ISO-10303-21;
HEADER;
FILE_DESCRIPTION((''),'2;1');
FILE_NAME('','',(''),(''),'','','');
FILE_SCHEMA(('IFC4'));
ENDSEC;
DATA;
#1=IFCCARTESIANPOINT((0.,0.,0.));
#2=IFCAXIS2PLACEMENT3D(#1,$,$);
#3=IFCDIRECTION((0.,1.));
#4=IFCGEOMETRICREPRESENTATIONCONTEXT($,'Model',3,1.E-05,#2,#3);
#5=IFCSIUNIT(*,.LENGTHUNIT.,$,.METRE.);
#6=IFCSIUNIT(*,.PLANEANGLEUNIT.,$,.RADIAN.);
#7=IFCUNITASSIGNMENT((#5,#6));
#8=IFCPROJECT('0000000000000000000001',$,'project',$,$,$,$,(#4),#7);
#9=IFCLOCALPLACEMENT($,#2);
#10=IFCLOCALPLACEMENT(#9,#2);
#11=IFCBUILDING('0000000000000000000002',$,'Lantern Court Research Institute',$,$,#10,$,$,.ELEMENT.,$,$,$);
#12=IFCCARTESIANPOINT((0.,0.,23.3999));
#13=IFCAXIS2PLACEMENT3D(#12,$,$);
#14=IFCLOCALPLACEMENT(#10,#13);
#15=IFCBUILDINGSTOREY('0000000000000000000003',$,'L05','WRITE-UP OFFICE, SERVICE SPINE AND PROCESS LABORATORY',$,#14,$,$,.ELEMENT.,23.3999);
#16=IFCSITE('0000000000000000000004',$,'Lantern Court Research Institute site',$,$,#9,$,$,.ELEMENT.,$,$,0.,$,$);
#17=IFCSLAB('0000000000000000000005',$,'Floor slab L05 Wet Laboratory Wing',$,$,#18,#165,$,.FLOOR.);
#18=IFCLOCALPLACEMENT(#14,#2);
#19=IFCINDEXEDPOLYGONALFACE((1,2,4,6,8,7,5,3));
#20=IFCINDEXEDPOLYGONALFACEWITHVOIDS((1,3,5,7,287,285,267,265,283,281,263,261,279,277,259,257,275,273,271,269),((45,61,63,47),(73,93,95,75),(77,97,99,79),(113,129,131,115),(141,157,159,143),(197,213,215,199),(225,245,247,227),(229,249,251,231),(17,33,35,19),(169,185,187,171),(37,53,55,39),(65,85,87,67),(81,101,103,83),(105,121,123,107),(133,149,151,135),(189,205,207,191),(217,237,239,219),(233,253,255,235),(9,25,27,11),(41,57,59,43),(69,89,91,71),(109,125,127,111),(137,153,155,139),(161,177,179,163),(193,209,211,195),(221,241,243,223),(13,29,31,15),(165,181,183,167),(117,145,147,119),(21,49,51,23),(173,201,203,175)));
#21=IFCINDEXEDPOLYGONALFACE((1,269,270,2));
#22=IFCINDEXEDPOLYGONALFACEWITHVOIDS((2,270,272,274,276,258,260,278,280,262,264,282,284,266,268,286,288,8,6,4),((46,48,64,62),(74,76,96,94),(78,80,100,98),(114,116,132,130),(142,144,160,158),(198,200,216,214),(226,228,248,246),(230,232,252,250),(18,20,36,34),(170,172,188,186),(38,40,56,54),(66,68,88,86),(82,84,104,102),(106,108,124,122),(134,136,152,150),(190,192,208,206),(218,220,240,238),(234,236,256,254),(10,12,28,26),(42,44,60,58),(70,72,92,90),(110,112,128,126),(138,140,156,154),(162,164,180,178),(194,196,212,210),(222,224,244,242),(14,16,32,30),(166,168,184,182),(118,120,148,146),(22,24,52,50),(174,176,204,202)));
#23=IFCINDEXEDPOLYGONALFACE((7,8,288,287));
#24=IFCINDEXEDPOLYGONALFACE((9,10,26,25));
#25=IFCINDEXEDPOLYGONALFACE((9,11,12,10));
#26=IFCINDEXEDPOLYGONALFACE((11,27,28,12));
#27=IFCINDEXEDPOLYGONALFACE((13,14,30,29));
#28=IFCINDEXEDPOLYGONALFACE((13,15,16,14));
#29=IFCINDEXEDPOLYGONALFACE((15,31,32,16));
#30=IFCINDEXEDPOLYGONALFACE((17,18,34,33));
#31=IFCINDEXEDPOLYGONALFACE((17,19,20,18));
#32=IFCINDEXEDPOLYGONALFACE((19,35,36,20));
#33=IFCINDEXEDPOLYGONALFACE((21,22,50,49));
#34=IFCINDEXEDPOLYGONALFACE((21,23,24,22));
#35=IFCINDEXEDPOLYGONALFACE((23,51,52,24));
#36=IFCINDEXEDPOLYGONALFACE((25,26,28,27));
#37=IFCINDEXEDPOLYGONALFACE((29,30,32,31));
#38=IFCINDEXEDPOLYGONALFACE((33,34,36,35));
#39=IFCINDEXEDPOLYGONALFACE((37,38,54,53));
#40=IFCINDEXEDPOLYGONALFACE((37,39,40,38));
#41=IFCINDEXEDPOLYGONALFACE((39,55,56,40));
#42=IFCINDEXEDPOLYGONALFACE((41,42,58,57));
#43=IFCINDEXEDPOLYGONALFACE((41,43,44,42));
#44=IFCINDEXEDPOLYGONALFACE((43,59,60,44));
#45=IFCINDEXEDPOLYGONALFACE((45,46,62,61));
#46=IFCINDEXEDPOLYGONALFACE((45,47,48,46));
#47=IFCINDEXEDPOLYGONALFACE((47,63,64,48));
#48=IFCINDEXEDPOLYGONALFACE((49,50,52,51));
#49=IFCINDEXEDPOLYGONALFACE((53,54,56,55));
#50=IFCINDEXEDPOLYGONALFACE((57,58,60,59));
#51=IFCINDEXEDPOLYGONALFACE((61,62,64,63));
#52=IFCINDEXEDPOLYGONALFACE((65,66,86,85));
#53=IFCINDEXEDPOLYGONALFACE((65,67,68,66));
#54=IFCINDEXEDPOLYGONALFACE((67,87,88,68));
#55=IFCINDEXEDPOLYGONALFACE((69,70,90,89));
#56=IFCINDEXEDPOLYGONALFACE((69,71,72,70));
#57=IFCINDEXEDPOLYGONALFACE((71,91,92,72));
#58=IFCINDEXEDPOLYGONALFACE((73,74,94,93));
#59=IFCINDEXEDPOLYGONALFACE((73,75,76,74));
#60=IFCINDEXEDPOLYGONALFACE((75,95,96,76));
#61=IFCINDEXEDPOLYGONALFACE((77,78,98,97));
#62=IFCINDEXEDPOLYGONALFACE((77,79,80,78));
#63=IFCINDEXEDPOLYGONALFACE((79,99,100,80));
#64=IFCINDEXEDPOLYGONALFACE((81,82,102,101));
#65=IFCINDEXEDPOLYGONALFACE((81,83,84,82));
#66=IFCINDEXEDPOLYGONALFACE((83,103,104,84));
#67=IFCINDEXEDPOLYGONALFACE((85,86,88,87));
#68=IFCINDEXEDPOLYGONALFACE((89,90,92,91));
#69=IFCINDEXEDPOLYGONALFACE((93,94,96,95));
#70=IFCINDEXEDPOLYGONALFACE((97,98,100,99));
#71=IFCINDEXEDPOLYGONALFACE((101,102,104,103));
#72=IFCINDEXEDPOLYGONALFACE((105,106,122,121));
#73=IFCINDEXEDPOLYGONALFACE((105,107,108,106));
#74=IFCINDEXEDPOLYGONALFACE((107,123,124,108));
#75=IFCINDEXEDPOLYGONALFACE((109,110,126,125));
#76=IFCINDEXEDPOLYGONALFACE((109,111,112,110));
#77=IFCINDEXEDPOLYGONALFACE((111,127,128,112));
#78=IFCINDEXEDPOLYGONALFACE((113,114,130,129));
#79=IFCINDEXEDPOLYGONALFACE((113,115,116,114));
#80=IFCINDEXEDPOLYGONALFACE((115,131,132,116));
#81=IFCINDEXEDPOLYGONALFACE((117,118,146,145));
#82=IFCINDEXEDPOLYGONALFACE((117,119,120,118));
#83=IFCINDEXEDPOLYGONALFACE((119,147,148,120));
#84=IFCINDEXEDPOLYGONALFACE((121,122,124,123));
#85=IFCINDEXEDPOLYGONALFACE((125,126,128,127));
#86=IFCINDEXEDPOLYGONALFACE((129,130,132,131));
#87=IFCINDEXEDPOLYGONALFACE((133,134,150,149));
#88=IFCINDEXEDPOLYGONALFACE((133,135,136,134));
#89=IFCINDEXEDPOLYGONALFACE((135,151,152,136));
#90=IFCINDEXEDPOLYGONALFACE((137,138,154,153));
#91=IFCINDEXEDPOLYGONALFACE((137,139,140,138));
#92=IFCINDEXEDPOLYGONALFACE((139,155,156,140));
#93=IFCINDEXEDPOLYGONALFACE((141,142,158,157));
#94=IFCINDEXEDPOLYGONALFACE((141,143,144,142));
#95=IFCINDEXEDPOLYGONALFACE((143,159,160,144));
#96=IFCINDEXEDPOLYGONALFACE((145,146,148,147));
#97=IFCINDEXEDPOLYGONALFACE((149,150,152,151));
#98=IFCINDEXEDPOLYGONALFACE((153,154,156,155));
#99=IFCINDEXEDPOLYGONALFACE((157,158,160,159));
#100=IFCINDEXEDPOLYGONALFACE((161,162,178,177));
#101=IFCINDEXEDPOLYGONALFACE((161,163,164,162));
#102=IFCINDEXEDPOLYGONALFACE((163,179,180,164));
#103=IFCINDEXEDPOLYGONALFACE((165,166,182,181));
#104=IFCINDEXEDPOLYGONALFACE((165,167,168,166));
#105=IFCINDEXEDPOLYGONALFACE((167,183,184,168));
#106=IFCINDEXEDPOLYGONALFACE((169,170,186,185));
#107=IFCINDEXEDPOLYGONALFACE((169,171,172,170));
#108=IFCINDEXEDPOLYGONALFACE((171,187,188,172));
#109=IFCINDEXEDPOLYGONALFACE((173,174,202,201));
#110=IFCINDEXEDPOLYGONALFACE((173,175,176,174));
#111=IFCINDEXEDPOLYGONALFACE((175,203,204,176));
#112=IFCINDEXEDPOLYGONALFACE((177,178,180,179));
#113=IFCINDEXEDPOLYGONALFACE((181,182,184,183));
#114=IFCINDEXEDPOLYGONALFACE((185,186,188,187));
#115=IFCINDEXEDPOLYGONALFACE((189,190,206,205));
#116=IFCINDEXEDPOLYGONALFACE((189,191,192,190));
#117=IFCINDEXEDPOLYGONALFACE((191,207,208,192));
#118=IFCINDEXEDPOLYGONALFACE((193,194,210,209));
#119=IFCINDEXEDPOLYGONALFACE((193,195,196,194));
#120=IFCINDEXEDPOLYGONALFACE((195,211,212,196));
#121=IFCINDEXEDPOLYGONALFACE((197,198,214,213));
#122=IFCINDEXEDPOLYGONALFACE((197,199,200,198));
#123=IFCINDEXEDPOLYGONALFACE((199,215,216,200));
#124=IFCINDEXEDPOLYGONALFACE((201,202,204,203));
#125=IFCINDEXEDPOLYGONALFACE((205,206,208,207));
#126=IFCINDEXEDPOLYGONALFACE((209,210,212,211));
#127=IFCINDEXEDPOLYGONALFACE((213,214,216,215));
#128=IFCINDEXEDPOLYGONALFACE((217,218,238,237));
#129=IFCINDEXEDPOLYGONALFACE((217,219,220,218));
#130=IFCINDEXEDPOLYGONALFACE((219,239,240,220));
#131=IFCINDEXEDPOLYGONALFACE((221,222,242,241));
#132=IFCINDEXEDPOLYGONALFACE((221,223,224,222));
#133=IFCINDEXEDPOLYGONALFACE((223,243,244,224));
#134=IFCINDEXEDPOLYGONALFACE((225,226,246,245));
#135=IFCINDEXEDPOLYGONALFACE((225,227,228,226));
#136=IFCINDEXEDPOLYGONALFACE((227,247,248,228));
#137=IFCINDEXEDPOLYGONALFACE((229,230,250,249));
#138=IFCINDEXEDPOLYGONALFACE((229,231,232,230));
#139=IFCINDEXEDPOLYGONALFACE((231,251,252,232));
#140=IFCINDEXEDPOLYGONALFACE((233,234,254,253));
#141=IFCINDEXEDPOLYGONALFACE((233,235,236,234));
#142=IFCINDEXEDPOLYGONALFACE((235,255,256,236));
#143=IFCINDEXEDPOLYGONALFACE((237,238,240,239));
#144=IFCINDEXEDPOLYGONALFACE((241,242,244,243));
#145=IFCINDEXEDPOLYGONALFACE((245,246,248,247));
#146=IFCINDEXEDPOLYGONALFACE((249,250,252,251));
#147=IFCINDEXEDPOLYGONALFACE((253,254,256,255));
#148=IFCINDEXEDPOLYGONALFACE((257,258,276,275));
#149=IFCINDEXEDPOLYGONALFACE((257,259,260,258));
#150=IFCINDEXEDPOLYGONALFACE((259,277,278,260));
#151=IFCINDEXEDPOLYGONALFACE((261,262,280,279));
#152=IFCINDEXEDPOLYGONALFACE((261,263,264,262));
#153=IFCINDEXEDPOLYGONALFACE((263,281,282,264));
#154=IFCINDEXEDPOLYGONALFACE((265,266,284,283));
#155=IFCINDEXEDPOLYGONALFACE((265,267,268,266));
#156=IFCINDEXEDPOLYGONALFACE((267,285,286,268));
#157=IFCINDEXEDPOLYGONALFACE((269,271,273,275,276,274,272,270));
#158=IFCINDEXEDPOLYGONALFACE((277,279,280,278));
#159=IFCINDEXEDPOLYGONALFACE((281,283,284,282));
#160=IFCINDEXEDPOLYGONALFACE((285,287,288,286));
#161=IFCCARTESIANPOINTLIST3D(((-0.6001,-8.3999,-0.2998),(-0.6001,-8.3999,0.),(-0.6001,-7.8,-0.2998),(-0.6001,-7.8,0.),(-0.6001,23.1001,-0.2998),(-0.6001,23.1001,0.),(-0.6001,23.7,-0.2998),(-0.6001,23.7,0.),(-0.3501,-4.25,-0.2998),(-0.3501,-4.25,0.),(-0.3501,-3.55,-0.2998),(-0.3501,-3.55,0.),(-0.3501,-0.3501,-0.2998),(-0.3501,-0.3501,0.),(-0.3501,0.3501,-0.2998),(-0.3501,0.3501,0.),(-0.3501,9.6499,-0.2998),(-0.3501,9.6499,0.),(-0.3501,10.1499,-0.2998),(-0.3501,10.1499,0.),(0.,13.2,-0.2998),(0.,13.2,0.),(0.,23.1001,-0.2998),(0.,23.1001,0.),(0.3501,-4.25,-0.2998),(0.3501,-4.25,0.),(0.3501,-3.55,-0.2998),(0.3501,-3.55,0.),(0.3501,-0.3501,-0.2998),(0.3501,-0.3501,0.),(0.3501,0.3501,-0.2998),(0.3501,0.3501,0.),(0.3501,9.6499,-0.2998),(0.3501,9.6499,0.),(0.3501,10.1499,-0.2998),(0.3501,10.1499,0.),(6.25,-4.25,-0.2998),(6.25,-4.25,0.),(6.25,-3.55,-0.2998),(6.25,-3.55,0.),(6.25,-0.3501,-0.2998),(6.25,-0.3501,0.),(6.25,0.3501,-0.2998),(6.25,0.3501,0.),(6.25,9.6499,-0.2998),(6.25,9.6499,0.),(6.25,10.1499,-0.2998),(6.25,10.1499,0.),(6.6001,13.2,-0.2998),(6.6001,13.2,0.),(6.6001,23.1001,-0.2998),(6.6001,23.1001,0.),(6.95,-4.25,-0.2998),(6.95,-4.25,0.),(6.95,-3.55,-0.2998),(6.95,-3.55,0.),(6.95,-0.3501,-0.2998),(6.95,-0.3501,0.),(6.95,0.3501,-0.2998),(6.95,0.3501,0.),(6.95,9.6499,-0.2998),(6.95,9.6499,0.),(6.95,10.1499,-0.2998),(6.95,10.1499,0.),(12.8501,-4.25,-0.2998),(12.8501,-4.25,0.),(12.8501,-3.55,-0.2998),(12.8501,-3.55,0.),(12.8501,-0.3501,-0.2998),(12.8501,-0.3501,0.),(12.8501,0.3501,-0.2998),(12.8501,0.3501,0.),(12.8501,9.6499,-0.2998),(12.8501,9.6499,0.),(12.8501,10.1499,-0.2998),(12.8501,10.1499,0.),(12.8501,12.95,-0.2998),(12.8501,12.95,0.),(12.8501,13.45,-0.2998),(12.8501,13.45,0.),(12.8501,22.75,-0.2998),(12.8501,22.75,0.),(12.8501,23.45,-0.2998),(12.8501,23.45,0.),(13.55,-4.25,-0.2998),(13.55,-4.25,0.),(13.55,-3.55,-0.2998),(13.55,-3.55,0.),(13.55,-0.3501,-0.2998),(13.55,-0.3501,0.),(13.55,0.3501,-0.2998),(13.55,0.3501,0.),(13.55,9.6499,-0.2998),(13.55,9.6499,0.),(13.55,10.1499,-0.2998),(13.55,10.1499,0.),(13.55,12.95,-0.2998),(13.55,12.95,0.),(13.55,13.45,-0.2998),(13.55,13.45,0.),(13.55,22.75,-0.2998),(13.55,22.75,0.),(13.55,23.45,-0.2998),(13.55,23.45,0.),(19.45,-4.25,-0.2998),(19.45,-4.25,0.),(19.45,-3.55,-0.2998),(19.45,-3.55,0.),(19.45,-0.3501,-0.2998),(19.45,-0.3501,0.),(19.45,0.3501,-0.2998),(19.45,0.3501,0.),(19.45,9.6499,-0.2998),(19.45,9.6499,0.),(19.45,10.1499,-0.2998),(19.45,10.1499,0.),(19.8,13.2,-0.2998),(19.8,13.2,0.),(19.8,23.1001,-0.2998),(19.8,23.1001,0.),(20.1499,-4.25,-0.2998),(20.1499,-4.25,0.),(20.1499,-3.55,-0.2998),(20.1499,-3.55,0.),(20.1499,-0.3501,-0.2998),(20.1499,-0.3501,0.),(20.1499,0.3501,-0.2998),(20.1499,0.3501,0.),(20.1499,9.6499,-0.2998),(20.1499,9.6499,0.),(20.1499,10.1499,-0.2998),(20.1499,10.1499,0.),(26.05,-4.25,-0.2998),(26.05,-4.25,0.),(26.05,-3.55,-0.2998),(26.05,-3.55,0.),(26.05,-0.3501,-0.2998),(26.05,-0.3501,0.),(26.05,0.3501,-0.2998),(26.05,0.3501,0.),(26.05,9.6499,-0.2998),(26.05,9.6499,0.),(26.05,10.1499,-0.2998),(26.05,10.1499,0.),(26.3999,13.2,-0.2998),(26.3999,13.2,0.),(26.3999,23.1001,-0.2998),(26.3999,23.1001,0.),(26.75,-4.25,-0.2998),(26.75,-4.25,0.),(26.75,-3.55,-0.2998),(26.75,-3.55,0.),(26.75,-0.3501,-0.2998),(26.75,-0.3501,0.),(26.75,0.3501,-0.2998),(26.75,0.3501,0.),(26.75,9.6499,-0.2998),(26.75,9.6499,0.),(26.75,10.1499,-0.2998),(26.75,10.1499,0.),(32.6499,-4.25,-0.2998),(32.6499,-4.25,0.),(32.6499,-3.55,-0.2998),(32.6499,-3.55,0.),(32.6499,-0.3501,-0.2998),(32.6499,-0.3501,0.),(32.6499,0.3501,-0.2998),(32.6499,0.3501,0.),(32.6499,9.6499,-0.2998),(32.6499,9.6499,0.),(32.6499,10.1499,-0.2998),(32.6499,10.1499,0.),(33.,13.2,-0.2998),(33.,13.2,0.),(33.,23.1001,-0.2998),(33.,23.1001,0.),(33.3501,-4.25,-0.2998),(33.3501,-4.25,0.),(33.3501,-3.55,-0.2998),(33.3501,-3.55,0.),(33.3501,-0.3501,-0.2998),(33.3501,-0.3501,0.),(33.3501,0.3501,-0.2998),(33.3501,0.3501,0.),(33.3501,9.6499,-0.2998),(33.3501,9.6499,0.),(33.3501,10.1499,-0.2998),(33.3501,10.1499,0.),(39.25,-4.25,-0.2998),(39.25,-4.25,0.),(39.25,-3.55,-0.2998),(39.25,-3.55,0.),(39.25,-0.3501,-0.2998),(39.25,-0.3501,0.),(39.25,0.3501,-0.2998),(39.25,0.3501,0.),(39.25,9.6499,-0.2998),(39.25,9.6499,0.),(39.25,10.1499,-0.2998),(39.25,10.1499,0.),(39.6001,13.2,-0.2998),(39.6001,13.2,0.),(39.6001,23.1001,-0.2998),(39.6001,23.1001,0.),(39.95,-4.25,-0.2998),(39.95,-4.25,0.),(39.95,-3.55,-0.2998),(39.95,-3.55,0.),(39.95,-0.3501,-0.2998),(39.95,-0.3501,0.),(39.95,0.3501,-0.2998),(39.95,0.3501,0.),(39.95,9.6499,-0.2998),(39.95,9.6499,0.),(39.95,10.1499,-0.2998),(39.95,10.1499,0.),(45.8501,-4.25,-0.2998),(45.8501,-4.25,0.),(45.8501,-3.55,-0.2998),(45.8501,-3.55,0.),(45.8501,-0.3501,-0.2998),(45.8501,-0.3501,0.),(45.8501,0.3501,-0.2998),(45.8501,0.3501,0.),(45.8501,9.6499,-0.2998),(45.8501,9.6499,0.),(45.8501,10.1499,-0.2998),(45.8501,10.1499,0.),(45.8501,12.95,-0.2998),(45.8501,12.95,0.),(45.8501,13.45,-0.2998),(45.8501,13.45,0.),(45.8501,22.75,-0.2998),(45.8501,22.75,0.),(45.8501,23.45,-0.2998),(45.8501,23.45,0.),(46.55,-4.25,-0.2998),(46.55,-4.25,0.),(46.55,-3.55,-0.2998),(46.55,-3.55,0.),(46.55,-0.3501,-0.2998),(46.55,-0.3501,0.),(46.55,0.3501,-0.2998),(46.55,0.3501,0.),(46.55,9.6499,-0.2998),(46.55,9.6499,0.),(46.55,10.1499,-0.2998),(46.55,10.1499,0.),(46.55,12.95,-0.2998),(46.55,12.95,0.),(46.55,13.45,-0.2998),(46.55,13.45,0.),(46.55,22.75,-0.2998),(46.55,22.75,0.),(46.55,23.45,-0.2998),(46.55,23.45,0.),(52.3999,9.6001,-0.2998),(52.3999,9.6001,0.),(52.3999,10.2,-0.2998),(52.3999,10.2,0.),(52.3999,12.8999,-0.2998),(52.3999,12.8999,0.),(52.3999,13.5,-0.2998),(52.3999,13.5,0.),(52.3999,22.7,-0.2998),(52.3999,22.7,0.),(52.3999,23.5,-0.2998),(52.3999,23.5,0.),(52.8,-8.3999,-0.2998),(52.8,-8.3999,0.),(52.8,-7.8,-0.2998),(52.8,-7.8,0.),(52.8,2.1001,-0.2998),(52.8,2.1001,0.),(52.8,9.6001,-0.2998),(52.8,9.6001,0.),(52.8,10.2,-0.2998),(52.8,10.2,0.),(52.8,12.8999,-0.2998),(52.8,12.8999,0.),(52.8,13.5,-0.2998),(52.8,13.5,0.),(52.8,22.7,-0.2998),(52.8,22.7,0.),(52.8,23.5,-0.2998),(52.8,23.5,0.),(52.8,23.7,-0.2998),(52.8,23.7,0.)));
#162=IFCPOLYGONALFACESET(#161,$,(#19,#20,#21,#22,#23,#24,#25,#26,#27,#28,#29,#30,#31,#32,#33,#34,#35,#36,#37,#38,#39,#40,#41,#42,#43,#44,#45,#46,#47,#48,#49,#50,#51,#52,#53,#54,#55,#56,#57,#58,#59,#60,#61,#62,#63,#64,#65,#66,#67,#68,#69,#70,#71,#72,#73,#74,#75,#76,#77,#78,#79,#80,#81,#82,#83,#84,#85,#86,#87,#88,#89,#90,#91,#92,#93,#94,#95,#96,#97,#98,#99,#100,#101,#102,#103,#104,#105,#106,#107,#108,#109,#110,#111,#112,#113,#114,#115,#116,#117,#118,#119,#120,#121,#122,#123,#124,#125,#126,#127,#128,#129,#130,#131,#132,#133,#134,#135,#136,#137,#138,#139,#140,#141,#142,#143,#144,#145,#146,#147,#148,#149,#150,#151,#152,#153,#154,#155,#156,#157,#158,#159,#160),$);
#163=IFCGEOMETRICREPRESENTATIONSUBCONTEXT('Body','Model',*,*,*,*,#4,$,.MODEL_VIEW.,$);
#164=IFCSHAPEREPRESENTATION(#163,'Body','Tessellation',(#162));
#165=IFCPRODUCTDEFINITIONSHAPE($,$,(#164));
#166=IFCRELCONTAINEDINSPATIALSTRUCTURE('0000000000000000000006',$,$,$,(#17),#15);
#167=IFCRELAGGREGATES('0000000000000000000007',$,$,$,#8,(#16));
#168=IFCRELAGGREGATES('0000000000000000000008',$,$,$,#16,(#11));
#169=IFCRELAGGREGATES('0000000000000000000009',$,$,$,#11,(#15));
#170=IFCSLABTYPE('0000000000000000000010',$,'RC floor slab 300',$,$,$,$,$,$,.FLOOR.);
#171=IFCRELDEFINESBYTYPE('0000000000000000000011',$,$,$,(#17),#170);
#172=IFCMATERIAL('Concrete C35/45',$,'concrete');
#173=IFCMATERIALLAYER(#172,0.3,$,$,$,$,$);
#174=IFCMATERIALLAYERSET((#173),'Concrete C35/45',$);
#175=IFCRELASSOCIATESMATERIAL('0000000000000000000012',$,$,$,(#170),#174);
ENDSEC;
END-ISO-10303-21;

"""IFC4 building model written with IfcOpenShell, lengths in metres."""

from ifc_helpers import new_model, si_unit, direction, frame, origin, place, context, subcontext, project, spatial, polyline, outline, extrude, material, layer, layer_set, type_object, element, save


model = new_model("IFC4")

# Units and contexts
model_context = context("Model", 3, precision=1e-05, world=origin(), true_north=direction((0.0, 1.0)))
body_context = subcontext(model_context, "Body", "Model", "MODEL_VIEW")
ifc_project = project(units=[si_unit("LENGTHUNIT", "METRE"), si_unit("PLANEANGLEUNIT", "RADIAN")], contexts=[model_context])

# Site, building, storey
site_placement = place(None, origin())
site = spatial("IfcSite", under=ifc_project, at=site_placement, Name="Lantern Court Research Institute site", CompositionType="ELEMENT", RefElevation=0.0)
building_placement = place(site_placement, origin())
building = spatial("IfcBuilding", under=site, at=building_placement, Name="Lantern Court Research Institute", CompositionType="ELEMENT")
storey_placement = place(building_placement, frame((0.0, 0.0, 23.3999)))
storey = spatial("IfcBuildingStorey", under=building, at=storey_placement, Name="L05", Description="WRITE-UP OFFICE, SERVICE SPINE AND PROCESS LABORATORY", CompositionType="ELEMENT", Elevation=23.3999)

# Slab
ifc_material_1 = material(Name="Concrete C35/45", Category="concrete")
ifc_layer_1 = layer(ifc_material_1, 0.3)
ifc_layer_set_1 = layer_set([ifc_layer_1], Name="Concrete C35/45")
slab_type = type_object("IfcSlabType", Name="RC floor slab 300", PredefinedType="FLOOR", material=ifc_layer_set_1)
slab_placement = place(storey_placement, frame((0.0, 0.0, -0.2998)))
element("IfcSlab", 1, at=slab_placement, inside=storey, type_object=slab_type, Name="Floor slab L05 Wet Laboratory Wing", PredefinedType="FLOOR", context=body_context, shape_type="SweptSolid", body=[
    extrude(outline(polyline([(-0.6001, -7.8), (-0.6001, -8.3999), (52.8, -8.3999), (52.8, -7.8), (52.8, 2.1001), (52.8, 9.6001), (52.3999, 9.6001), (52.3999, 10.2), (52.8, 10.2), (52.8, 12.8999), (52.3999, 12.8999), (52.3999, 13.5), (52.8, 13.5), (52.8, 22.7), (52.3999, 22.7), (52.3999, 23.5), (52.8, 23.5), (52.8, 23.7), (-0.6001, 23.7), (-0.6001, 23.1001), (-0.6001, -7.8)]), holes=[polyline([(0.3501, -4.25), (-0.3501, -4.25), (-0.3501, -3.55), (0.3501, -3.55), (0.3501, -4.25)]), polyline([(6.95, -4.25), (6.25, -4.25), (6.25, -3.55), (6.95, -3.55), (6.95, -4.25)]), polyline([(20.1499, -4.25), (19.45, -4.25), (19.45, -3.55), (20.1499, -3.55), (20.1499, -4.25)]), polyline([(13.55, -4.25), (12.8501, -4.25), (12.8501, -3.55), (13.55, -3.55), (13.55, -4.25)]), polyline([(0.3501, -0.3501), (-0.3501, -0.3501), (-0.3501, 0.3501), (0.3501, 0.3501), (0.3501, -0.3501)]), polyline([(26.75, -0.3501), (26.05, -0.3501), (26.05, 0.3501), (26.75, 0.3501), (26.75, -0.3501)]), polyline([(6.95, -0.3501), (6.25, -0.3501), (6.25, 0.3501), (6.95, 0.3501), (6.95, -0.3501)]), polyline([(19.45, -0.3501), (19.45, 0.3501), (20.1499, 0.3501), (20.1499, -0.3501), (19.45, -0.3501)]), polyline([(12.8501, -0.3501), (12.8501, 0.3501), (13.55, 0.3501), (13.55, -0.3501), (12.8501, -0.3501)]), polyline([(26.75, 9.6499), (26.05, 9.6499), (26.05, 10.1499), (26.75, 10.1499), (26.75, 9.6499)]), polyline([(20.1499, 9.6499), (19.45, 9.6499), (19.45, 10.1499), (20.1499, 10.1499), (20.1499, 9.6499)]), polyline([(13.55, 9.6499), (12.8501, 9.6499), (12.8501, 10.1499), (13.55, 10.1499), (13.55, 9.6499)]), polyline([(6.95, 9.6499), (6.25, 9.6499), (6.25, 10.1499), (6.95, 10.1499), (6.95, 9.6499)]), polyline([(0.3501, 9.6499), (-0.3501, 9.6499), (-0.3501, 10.1499), (0.3501, 10.1499), (0.3501, 9.6499)]), polyline([(13.55, 12.95), (12.8501, 12.95), (12.8501, 13.45), (13.55, 13.45), (13.55, 12.95)]), polyline([(26.3999, 13.2), (19.8, 13.2), (19.8, 23.1001), (26.3999, 23.1001), (26.3999, 13.2)]), polyline([(0.0, 13.2), (0.0, 23.1001), (6.6001, 23.1001), (6.6001, 13.2), (0.0, 13.2)]), polyline([(12.8501, 22.75), (12.8501, 23.45), (13.55, 23.45), (13.55, 22.75), (12.8501, 22.75)]), polyline([(26.75, -4.25), (26.05, -4.25), (26.05, -3.55), (26.75, -3.55), (26.75, -4.25)]), polyline([(33.3501, -4.25), (32.6499, -4.25), (32.6499, -3.55), (33.3501, -3.55), (33.3501, -4.25)]), polyline([(39.95, -4.25), (39.25, -4.25), (39.25, -3.55), (39.95, -3.55), (39.95, -4.25)]), polyline([(46.55, -4.25), (45.8501, -4.25), (45.8501, -3.55), (46.55, -3.55), (46.55, -4.25)]), polyline([(33.3501, -0.3501), (32.6499, -0.3501), (32.6499, 0.3501), (33.3501, 0.3501), (33.3501, -0.3501)]), polyline([(39.95, -0.3501), (39.25, -0.3501), (39.25, 0.3501), (39.95, 0.3501), (39.95, -0.3501)]), polyline([(45.8501, -0.3501), (45.8501, 0.3501), (46.55, 0.3501), (46.55, -0.3501), (45.8501, -0.3501)]), polyline([(32.6499, 9.6499), (32.6499, 10.1499), (33.3501, 10.1499), (33.3501, 9.6499), (32.6499, 9.6499)]), polyline([(46.55, 9.6499), (45.8501, 9.6499), (45.8501, 10.1499), (46.55, 10.1499), (46.55, 9.6499)]), polyline([(39.95, 9.6499), (39.25, 9.6499), (39.25, 10.1499), (39.95, 10.1499), (39.95, 9.6499)]), polyline([(46.55, 12.95), (45.8501, 12.95), (45.8501, 13.45), (46.55, 13.45), (46.55, 12.95)]), polyline([(39.6001, 13.2), (33.0, 13.2), (33.0, 23.1001), (39.6001, 23.1001), (39.6001, 13.2)]), polyline([(45.8501, 22.75), (45.8501, 23.45), (46.55, 23.45), (46.55, 22.75), (45.8501, 22.75)])]), origin(), (0.0, 0.0, 1.0), 0.2998),
])

save(model, "model.ifc")
